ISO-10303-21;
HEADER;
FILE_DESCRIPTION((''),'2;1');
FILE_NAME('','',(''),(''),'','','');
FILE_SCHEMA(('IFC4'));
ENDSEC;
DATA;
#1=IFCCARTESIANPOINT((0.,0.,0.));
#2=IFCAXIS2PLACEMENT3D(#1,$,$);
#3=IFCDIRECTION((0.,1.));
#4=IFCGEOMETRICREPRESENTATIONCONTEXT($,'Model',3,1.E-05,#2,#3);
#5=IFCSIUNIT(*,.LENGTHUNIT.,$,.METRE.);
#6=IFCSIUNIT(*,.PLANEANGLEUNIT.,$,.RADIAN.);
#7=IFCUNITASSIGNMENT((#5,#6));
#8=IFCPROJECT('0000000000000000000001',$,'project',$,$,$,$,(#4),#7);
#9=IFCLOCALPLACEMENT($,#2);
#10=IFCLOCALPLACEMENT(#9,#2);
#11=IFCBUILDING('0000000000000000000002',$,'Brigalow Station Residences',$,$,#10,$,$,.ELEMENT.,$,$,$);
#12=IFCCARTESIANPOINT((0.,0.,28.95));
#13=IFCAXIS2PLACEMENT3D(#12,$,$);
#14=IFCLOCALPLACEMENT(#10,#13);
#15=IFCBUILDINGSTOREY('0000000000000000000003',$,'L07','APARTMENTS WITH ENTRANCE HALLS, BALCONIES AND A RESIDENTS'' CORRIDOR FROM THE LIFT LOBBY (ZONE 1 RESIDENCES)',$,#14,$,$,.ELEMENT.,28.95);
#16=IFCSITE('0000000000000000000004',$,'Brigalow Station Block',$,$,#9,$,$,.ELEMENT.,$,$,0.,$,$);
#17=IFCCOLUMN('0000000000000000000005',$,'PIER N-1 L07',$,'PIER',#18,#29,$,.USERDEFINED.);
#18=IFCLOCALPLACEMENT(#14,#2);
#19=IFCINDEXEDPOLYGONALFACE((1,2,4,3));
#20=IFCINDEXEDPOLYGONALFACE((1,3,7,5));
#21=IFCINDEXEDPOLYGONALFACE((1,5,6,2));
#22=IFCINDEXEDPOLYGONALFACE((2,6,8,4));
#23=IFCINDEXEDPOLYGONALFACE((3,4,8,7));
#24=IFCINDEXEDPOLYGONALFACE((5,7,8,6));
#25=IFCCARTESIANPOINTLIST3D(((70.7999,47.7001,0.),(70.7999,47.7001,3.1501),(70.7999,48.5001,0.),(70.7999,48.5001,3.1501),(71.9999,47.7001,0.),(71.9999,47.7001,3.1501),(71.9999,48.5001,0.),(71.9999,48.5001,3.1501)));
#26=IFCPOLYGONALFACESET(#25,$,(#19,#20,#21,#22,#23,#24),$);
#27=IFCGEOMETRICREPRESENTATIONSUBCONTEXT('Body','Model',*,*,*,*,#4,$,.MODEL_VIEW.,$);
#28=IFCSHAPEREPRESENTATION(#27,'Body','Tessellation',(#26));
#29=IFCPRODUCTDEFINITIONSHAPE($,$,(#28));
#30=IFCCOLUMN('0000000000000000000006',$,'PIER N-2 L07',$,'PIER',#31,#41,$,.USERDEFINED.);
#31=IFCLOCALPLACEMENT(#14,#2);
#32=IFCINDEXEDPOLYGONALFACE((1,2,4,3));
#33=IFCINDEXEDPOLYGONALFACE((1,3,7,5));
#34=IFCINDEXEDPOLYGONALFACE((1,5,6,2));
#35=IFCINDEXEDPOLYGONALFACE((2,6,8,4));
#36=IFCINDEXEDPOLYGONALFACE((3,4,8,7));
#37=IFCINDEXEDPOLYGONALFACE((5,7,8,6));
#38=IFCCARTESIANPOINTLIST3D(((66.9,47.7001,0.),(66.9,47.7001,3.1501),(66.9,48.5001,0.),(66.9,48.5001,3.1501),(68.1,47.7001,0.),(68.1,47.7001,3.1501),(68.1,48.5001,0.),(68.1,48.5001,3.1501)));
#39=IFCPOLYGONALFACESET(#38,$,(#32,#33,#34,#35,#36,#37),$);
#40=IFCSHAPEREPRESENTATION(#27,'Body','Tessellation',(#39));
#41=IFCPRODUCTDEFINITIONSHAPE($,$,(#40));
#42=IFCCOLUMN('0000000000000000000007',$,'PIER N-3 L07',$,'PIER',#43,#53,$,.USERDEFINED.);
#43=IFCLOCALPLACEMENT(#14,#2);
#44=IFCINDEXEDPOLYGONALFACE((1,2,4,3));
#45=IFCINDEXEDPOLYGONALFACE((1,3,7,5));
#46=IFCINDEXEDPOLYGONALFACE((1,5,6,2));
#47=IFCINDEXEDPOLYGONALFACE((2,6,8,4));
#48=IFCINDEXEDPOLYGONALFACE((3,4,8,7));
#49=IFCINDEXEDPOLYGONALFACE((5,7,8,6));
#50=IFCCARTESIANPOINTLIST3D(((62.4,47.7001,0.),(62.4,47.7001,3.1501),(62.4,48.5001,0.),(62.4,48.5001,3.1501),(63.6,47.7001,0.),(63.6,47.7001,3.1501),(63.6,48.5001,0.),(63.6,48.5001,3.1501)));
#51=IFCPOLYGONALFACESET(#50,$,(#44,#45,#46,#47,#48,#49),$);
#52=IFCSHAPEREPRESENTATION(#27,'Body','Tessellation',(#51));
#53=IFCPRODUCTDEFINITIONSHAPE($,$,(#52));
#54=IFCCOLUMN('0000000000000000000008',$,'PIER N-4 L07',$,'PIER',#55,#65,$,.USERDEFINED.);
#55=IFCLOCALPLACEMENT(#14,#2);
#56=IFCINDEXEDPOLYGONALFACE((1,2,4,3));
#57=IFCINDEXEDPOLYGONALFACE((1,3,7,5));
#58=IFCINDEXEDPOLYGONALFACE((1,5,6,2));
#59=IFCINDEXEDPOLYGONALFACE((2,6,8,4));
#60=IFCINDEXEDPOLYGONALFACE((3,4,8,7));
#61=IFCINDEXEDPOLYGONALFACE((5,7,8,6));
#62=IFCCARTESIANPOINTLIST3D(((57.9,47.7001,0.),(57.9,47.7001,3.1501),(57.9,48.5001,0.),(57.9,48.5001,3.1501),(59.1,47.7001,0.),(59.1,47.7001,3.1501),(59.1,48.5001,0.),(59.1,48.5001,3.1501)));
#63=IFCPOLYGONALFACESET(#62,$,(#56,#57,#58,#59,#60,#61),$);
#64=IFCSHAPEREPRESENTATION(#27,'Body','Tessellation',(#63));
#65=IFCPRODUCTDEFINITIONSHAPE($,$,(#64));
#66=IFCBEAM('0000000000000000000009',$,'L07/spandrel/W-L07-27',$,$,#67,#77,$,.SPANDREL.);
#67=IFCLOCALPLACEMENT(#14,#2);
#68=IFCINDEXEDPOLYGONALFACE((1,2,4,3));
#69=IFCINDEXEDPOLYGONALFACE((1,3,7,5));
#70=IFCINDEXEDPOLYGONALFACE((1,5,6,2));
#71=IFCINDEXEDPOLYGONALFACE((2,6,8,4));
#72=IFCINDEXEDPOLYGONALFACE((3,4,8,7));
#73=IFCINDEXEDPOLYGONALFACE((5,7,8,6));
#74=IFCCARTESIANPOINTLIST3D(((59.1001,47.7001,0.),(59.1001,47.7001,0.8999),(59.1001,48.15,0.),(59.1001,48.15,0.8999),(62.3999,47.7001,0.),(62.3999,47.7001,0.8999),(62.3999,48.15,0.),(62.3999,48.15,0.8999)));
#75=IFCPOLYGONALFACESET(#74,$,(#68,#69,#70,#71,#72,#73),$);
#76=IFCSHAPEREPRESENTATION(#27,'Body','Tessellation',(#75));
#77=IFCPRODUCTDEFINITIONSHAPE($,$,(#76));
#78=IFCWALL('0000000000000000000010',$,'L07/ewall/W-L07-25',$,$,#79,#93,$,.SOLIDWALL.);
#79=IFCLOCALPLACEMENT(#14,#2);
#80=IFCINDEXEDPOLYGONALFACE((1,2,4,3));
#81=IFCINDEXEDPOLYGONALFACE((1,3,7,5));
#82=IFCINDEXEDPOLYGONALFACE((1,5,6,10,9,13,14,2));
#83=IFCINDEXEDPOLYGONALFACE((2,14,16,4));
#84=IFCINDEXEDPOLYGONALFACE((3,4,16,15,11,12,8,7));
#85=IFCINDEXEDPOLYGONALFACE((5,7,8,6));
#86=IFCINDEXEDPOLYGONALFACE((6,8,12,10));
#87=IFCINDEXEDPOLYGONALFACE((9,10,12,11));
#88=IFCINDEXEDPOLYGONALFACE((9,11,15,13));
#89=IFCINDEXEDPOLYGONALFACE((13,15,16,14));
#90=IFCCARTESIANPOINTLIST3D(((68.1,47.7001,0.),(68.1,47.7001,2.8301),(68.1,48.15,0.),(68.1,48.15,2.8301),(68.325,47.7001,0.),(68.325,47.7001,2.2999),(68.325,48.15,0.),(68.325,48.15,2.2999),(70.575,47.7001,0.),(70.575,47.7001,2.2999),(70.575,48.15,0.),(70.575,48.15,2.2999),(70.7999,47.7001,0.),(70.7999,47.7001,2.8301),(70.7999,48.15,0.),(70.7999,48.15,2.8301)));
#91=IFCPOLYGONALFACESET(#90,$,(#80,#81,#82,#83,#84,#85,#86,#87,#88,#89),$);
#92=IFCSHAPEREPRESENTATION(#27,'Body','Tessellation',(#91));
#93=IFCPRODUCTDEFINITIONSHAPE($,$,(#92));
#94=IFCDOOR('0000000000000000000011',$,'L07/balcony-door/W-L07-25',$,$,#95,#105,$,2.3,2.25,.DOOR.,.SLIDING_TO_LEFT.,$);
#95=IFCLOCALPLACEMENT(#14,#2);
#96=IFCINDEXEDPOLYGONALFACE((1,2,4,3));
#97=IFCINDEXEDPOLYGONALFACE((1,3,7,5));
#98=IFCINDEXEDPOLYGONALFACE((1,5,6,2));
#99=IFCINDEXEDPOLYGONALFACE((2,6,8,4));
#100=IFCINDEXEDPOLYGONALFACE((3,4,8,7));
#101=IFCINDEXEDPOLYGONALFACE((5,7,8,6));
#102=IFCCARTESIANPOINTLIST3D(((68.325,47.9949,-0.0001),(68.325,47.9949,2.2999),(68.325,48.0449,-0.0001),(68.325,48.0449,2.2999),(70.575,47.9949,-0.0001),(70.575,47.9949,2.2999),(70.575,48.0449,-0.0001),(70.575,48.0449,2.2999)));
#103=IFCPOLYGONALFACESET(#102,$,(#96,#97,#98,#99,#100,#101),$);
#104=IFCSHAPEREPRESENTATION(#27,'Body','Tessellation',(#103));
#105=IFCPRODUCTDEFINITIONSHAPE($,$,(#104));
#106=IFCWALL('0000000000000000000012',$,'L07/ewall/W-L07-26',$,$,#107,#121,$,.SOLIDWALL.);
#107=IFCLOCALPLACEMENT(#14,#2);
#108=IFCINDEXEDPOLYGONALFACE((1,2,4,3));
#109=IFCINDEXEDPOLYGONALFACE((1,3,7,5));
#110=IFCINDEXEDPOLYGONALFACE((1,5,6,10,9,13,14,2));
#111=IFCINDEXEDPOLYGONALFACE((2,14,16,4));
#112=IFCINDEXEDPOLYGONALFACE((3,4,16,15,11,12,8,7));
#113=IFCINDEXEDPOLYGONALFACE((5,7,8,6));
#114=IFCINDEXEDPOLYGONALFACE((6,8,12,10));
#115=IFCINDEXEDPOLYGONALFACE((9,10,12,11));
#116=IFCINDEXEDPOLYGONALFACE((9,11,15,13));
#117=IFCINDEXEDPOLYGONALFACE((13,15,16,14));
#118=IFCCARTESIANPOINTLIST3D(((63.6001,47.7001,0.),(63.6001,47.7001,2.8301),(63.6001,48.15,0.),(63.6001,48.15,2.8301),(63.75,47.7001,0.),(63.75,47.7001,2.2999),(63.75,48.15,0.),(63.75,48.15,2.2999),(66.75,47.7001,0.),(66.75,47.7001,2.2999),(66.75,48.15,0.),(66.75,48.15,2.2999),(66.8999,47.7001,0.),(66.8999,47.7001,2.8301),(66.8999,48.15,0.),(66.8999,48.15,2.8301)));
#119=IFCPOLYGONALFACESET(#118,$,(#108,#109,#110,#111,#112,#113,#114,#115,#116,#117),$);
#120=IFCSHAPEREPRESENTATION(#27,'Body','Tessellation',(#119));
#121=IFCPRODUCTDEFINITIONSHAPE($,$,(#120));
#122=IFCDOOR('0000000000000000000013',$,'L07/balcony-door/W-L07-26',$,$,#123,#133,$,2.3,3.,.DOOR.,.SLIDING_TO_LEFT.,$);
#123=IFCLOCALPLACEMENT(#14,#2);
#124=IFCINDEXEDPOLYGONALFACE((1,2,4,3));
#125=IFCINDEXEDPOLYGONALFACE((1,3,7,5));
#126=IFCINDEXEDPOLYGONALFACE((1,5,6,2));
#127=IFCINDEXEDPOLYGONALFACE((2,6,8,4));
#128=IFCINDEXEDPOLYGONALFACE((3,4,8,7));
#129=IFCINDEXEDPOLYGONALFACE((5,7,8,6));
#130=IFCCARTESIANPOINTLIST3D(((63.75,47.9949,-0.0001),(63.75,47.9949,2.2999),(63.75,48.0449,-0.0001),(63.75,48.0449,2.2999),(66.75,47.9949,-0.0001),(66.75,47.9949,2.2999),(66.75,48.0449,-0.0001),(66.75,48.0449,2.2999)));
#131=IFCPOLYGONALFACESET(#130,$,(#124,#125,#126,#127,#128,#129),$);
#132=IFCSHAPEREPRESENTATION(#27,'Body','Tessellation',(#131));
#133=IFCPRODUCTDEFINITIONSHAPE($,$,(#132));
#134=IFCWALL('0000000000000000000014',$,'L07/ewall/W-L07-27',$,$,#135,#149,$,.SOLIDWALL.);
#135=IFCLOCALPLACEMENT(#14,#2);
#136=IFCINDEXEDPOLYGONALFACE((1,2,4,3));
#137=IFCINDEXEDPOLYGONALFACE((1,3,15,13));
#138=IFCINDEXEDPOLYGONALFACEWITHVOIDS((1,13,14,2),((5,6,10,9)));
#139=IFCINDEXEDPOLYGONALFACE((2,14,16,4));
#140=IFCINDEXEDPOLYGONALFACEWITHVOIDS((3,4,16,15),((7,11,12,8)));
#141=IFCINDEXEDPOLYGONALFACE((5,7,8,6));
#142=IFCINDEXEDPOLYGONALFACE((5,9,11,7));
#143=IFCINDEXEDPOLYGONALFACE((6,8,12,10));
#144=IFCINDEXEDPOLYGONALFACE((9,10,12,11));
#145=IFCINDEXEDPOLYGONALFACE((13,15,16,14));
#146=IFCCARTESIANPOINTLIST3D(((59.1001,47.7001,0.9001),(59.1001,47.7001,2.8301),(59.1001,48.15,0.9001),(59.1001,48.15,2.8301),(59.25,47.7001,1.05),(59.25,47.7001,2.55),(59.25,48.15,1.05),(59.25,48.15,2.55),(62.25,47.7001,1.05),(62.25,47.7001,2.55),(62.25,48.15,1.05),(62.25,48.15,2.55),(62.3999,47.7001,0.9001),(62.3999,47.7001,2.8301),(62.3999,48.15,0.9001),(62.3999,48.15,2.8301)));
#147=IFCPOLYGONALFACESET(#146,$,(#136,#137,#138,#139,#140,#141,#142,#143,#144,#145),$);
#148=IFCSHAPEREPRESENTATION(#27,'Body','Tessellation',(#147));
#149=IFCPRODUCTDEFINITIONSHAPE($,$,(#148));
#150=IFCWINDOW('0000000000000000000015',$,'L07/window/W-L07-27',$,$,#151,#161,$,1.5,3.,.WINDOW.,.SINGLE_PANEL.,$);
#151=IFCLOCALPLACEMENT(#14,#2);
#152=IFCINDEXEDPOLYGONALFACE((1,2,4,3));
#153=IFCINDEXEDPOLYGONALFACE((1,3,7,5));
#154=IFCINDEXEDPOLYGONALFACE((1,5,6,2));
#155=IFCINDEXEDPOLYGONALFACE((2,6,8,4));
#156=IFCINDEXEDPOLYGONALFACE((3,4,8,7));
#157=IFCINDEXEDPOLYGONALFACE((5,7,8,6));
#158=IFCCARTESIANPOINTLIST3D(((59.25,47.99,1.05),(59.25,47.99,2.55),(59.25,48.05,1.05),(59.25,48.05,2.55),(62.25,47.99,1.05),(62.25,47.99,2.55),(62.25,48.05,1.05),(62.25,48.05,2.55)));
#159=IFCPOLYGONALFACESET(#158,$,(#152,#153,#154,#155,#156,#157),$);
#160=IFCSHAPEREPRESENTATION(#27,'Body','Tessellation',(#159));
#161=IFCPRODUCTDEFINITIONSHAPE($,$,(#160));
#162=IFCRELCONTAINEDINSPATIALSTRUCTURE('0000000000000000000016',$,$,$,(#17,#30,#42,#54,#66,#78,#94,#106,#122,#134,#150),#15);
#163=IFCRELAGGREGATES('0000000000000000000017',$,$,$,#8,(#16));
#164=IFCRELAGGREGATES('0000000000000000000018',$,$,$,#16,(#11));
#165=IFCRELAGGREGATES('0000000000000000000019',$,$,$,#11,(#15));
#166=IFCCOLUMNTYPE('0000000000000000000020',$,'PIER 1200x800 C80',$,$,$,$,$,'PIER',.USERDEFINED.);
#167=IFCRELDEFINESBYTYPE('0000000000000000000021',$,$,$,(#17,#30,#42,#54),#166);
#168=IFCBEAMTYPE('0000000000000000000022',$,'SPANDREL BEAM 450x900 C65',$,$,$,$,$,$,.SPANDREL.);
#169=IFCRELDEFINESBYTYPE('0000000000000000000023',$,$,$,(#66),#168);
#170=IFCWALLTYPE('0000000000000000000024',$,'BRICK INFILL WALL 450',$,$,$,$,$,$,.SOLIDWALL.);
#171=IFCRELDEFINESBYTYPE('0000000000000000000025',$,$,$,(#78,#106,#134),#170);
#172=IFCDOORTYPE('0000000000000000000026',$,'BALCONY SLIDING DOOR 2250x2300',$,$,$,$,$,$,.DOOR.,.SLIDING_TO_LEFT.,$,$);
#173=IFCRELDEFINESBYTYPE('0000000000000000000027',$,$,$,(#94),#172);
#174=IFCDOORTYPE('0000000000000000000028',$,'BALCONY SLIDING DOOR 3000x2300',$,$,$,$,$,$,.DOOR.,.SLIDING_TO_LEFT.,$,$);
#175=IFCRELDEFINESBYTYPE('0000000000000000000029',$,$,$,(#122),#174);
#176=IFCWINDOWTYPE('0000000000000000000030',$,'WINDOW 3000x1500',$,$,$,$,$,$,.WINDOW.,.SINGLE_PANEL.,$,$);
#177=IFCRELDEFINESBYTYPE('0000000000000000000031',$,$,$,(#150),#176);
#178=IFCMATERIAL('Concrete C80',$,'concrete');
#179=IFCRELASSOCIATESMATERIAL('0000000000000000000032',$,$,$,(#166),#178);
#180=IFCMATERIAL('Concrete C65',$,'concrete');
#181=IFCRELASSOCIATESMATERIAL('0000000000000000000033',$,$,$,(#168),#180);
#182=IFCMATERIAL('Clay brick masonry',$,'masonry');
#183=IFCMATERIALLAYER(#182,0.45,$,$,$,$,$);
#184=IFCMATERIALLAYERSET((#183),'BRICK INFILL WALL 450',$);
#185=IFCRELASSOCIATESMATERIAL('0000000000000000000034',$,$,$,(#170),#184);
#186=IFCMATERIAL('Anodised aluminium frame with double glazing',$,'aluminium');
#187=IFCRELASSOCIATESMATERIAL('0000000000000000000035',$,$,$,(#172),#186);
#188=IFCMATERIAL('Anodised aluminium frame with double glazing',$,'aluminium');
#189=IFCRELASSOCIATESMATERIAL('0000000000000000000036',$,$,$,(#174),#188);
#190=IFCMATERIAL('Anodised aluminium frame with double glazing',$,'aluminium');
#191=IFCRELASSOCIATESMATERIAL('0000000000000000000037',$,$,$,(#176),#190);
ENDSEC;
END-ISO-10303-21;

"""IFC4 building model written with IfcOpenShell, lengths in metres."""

from ifc_helpers import new_model, si_unit, direction, frame, frame_2d, origin, origin_2d, place, context, subcontext, project, spatial, rectangle, extrude, material, layer, layer_set, material_profile, profile_set, type_object, element, fill, save


model = new_model("IFC4")

# Units and contexts
model_context = context("Model", 3, precision=1e-05, world=origin(), true_north=direction((0.0, 1.0)))
body_context = subcontext(model_context, "Body", "Model", "MODEL_VIEW")
ifc_project = project(units=[si_unit("LENGTHUNIT", "METRE"), si_unit("PLANEANGLEUNIT", "RADIAN")], contexts=[model_context])

# Site, building, storey
site_placement = place(None, origin())
site = spatial("IfcSite", under=ifc_project, at=site_placement, Name="Brigalow Station Block", CompositionType="ELEMENT", RefElevation=0.0)
building_placement = place(site_placement, origin())
building = spatial("IfcBuilding", under=site, at=building_placement, Name="Brigalow Station Residences", CompositionType="ELEMENT")
storey_placement = place(building_placement, frame((0.0, 0.0, 28.95)))
storey = spatial("IfcBuildingStorey", under=building, at=storey_placement, Name="L07", Description="APARTMENTS WITH ENTRANCE HALLS, BALCONIES AND A RESIDENTS' CORRIDOR FROM THE LIFT LOBBY (ZONE 1 RESIDENCES)", CompositionType="ELEMENT", Elevation=28.95)

# Columns
ifc_material_1 = material(Name="Concrete C80", Category="concrete")
ifc_material_profile_1 = material_profile(ifc_material_1, rectangle(XDim=1.2, YDim=0.8, at=origin_2d()), Name="RC1200x800")
ifc_profile_set_1 = profile_set([ifc_material_profile_1], Name="Concrete C80")
column_type = type_object("IfcColumnType", Name="PIER 1200x800 C80", ElementType="PIER", PredefinedType="USERDEFINED", material=ifc_profile_set_1)
for number, where, z_axis, x_axis, name in (
    (1, (71.3999, 48.1001, 0.0), (0.0, 0.0, 1.0), (-1.0, 0.0, 0.0), "PIER N-1 L07"),
    (2, (67.5, 48.1001, 0.0), (0.0, 0.0, 1.0), (-1.0, 0.0, 0.0), "PIER N-2 L07"),
    (3, (63.0, 48.1001, 0.0), (0.0, 0.0, 1.0), (-1.0, 0.0, 0.0), "PIER N-3 L07"),
    (4, (58.5, 48.1001, 0.0), (0.0, 0.0, 1.0), (-1.0, 0.0, 0.0), "PIER N-4 L07"),
):
    element("IfcColumn", number, at=place(storey_placement, frame(where, z_axis=z_axis, x_axis=x_axis)), inside=storey, type_object=column_type, Name=name, ObjectType="PIER", PredefinedType="USERDEFINED", context=body_context, shape_type="SweptSolid", body=[
        extrude(rectangle(XDim=1.2, YDim=0.8, at=origin_2d()), origin(), (0.0, 0.0, 1.0), 3.1501),
    ])

# Beam
ifc_material_2 = material(Name="Concrete C65", Category="concrete")
ifc_material_profile_2 = material_profile(ifc_material_2, rectangle(XDim=0.45, YDim=0.8999, at=origin_2d()), Name="RC450x900")
ifc_profile_set_2 = profile_set([ifc_material_profile_2], Name="Concrete C65")
beam_type = type_object("IfcBeamType", Name="SPANDREL BEAM 450x900 C65", PredefinedType="SPANDREL", material=ifc_profile_set_2)
beam_placement = place(storey_placement, frame((62.3999, 47.925, 0.45), z_axis=(-1.0, 0.0, 0.0), x_axis=(0.0, -1.0, 0.0)))
element("IfcBeam", 5, at=beam_placement, inside=storey, type_object=beam_type, Name="L07/spandrel/W-L07-27", PredefinedType="SPANDREL", context=body_context, shape_type="SweptSolid", body=[
    extrude(rectangle(XDim=0.45, YDim=0.8999, at=origin_2d()), origin(), (0.0, 0.0, 1.0), 3.2998),
])

# Walls, openings, doors
ifc_material_3 = material(Name="Clay brick masonry", Category="masonry")
ifc_layer_1 = layer(ifc_material_3, 0.45)
ifc_layer_set_1 = layer_set([ifc_layer_1], Name="BRICK INFILL WALL 450")
wall_type_1 = type_object("IfcWallType", Name="BRICK INFILL WALL 450", PredefinedType="SOLIDWALL", material=ifc_layer_set_1)
wall_1_placement = place(storey_placement, frame((70.8, 47.925, 0.0), z_axis=(0.0, 0.0, 1.0), x_axis=(-1.0, 0.0, 0.0)))
wall_1 = element("IfcWall", 6, at=wall_1_placement, inside=storey, type_object=wall_type_1, Name="L07/ewall/W-L07-25", PredefinedType="SOLIDWALL", context=body_context, shape_type="SweptSolid", body=[
    extrude(rectangle(XDim=2.7, YDim=0.45, at=frame_2d((1.3501, 0.0))), origin(), (0.0, 0.0, 1.0), 2.8301),
])
opening_1_placement = place(wall_1_placement, frame((0.2251, 0.0, 0.0)))
opening_1 = element("IfcOpeningElement", 7, at=opening_1_placement, cuts=wall_1, PredefinedType="OPENING", context=body_context, shape_type="SweptSolid", body=[
    extrude(rectangle(XDim=2.25, YDim=2.3, at=frame_2d((1.125, 1.1499))), frame((0.0, 0.2349, 0.0), z_axis=(0.0, -1.0, 0.0), x_axis=(1.0, 0.0, 0.0)), (0.0, 0.0, 1.0), 0.47),
])
ifc_material_4 = material(Name="Anodised aluminium frame with double glazing", Category="aluminium")
door_type_1 = type_object("IfcDoorType", Name="BALCONY SLIDING DOOR 2250x2300", OperationType="SLIDING_TO_LEFT", PredefinedType="DOOR", material=ifc_material_4)
door_1_placement = place(opening_1_placement, origin())
door_1 = element("IfcDoor", 8, at=door_1_placement, inside=storey, type_object=door_type_1, Name="L07/balcony-door/W-L07-25", OperationType="SLIDING_TO_LEFT", OverallHeight=2.3, OverallWidth=2.25, PredefinedType="DOOR", context=body_context, shape_type="SweptSolid", body=[
    extrude(rectangle(XDim=2.25, YDim=2.3, at=frame_2d((1.125, 1.1499))), frame((0.0, -0.0698, 0.0), z_axis=(0.0, -1.0, 0.0), x_axis=(1.0, 0.0, 0.0)), (0.0, 0.0, 1.0), 0.05),
])
fill(opening_1, door_1)
wall_2_placement = place(storey_placement, frame((66.8999, 47.925, 0.0), z_axis=(0.0, 0.0, 1.0), x_axis=(-1.0, 0.0, 0.0)))
wall_2 = element("IfcWall", 9, at=wall_2_placement, inside=storey, type_object=wall_type_1, Name="L07/ewall/W-L07-26", PredefinedType="SOLIDWALL", context=body_context, shape_type="SweptSolid", body=[
    extrude(rectangle(XDim=3.2998, YDim=0.45, at=frame_2d((1.6499, 0.0))), origin(), (0.0, 0.0, 1.0), 2.8301),
])
opening_2_placement = place(wall_2_placement, frame((0.1499, 0.0, 0.0)))
opening_2 = element("IfcOpeningElement", 10, at=opening_2_placement, cuts=wall_2, PredefinedType="OPENING", context=body_context, shape_type="SweptSolid", body=[
    extrude(rectangle(XDim=3.0, YDim=2.3, at=frame_2d((1.5, 1.1499))), frame((0.0, 0.2349, 0.0), z_axis=(0.0, -1.0, 0.0), x_axis=(1.0, 0.0, 0.0)), (0.0, 0.0, 1.0), 0.47),
])
ifc_material_5 = material(Name="Anodised aluminium frame with double glazing", Category="aluminium")
door_type_2 = type_object("IfcDoorType", Name="BALCONY SLIDING DOOR 3000x2300", OperationType="SLIDING_TO_LEFT", PredefinedType="DOOR", material=ifc_material_5)
door_2_placement = place(opening_2_placement, origin())
door_2 = element("IfcDoor", 11, at=door_2_placement, inside=storey, type_object=door_type_2, Name="L07/balcony-door/W-L07-26", OperationType="SLIDING_TO_LEFT", OverallHeight=2.3, OverallWidth=3.0, PredefinedType="DOOR", context=body_context, shape_type="SweptSolid", body=[
    extrude(rectangle(XDim=3.0, YDim=2.3, at=frame_2d((1.5, 1.1499))), frame((0.0, -0.0698, 0.0), z_axis=(0.0, -1.0, 0.0), x_axis=(1.0, 0.0, 0.0)), (0.0, 0.0, 1.0), 0.05),
])
fill(opening_2, door_2)

# Wall, opening, window
wall_3_placement = place(storey_placement, frame((62.3999, 47.925, 0.9001), z_axis=(0.0, 0.0, 1.0), x_axis=(-1.0, 0.0, 0.0)))
wall_3 = element("IfcWall", 12, at=wall_3_placement, inside=storey, type_object=wall_type_1, Name="L07/ewall/W-L07-27", PredefinedType="SOLIDWALL", context=body_context, shape_type="SweptSolid", body=[
    extrude(rectangle(XDim=3.2998, YDim=0.45, at=frame_2d((1.6499, 0.0))), origin(), (0.0, 0.0, 1.0), 1.9299),
])
opening_3_placement = place(wall_3_placement, frame((0.1499, 0.0, 0.1499)))
opening_3 = element("IfcOpeningElement", 13, at=opening_3_placement, cuts=wall_3, PredefinedType="OPENING", context=body_context, shape_type="SweptSolid", body=[
    extrude(rectangle(XDim=3.0, YDim=1.5, at=frame_2d((1.5, 0.75))), frame((0.0, 0.2349, 0.0), z_axis=(0.0, -1.0, 0.0), x_axis=(1.0, 0.0, 0.0)), (0.0, 0.0, 1.0), 0.47),
])
ifc_material_6 = material(Name="Anodised aluminium frame with double glazing", Category="aluminium")
window_type = type_object("IfcWindowType", Name="WINDOW 3000x1500", PartitioningType="SINGLE_PANEL", PredefinedType="WINDOW", material=ifc_material_6)
window_1_placement = place(opening_3_placement, origin())
window_1 = element("IfcWindow", 14, at=window_1_placement, inside=storey, type_object=window_type, Name="L07/window/W-L07-27", OverallHeight=1.5, OverallWidth=3.0, PartitioningType="SINGLE_PANEL", PredefinedType="WINDOW", context=body_context, shape_type="SweptSolid", body=[
    extrude(rectangle(XDim=3.0, YDim=1.5, at=frame_2d((1.5, 0.75))), frame((0.0, -0.0649, 0.0), z_axis=(0.0, -1.0, 0.0), x_axis=(1.0, 0.0, 0.0)), (0.0, 0.0, 1.0), 0.0601),
])
fill(opening_3, window_1)

save(model, "model.ifc")
